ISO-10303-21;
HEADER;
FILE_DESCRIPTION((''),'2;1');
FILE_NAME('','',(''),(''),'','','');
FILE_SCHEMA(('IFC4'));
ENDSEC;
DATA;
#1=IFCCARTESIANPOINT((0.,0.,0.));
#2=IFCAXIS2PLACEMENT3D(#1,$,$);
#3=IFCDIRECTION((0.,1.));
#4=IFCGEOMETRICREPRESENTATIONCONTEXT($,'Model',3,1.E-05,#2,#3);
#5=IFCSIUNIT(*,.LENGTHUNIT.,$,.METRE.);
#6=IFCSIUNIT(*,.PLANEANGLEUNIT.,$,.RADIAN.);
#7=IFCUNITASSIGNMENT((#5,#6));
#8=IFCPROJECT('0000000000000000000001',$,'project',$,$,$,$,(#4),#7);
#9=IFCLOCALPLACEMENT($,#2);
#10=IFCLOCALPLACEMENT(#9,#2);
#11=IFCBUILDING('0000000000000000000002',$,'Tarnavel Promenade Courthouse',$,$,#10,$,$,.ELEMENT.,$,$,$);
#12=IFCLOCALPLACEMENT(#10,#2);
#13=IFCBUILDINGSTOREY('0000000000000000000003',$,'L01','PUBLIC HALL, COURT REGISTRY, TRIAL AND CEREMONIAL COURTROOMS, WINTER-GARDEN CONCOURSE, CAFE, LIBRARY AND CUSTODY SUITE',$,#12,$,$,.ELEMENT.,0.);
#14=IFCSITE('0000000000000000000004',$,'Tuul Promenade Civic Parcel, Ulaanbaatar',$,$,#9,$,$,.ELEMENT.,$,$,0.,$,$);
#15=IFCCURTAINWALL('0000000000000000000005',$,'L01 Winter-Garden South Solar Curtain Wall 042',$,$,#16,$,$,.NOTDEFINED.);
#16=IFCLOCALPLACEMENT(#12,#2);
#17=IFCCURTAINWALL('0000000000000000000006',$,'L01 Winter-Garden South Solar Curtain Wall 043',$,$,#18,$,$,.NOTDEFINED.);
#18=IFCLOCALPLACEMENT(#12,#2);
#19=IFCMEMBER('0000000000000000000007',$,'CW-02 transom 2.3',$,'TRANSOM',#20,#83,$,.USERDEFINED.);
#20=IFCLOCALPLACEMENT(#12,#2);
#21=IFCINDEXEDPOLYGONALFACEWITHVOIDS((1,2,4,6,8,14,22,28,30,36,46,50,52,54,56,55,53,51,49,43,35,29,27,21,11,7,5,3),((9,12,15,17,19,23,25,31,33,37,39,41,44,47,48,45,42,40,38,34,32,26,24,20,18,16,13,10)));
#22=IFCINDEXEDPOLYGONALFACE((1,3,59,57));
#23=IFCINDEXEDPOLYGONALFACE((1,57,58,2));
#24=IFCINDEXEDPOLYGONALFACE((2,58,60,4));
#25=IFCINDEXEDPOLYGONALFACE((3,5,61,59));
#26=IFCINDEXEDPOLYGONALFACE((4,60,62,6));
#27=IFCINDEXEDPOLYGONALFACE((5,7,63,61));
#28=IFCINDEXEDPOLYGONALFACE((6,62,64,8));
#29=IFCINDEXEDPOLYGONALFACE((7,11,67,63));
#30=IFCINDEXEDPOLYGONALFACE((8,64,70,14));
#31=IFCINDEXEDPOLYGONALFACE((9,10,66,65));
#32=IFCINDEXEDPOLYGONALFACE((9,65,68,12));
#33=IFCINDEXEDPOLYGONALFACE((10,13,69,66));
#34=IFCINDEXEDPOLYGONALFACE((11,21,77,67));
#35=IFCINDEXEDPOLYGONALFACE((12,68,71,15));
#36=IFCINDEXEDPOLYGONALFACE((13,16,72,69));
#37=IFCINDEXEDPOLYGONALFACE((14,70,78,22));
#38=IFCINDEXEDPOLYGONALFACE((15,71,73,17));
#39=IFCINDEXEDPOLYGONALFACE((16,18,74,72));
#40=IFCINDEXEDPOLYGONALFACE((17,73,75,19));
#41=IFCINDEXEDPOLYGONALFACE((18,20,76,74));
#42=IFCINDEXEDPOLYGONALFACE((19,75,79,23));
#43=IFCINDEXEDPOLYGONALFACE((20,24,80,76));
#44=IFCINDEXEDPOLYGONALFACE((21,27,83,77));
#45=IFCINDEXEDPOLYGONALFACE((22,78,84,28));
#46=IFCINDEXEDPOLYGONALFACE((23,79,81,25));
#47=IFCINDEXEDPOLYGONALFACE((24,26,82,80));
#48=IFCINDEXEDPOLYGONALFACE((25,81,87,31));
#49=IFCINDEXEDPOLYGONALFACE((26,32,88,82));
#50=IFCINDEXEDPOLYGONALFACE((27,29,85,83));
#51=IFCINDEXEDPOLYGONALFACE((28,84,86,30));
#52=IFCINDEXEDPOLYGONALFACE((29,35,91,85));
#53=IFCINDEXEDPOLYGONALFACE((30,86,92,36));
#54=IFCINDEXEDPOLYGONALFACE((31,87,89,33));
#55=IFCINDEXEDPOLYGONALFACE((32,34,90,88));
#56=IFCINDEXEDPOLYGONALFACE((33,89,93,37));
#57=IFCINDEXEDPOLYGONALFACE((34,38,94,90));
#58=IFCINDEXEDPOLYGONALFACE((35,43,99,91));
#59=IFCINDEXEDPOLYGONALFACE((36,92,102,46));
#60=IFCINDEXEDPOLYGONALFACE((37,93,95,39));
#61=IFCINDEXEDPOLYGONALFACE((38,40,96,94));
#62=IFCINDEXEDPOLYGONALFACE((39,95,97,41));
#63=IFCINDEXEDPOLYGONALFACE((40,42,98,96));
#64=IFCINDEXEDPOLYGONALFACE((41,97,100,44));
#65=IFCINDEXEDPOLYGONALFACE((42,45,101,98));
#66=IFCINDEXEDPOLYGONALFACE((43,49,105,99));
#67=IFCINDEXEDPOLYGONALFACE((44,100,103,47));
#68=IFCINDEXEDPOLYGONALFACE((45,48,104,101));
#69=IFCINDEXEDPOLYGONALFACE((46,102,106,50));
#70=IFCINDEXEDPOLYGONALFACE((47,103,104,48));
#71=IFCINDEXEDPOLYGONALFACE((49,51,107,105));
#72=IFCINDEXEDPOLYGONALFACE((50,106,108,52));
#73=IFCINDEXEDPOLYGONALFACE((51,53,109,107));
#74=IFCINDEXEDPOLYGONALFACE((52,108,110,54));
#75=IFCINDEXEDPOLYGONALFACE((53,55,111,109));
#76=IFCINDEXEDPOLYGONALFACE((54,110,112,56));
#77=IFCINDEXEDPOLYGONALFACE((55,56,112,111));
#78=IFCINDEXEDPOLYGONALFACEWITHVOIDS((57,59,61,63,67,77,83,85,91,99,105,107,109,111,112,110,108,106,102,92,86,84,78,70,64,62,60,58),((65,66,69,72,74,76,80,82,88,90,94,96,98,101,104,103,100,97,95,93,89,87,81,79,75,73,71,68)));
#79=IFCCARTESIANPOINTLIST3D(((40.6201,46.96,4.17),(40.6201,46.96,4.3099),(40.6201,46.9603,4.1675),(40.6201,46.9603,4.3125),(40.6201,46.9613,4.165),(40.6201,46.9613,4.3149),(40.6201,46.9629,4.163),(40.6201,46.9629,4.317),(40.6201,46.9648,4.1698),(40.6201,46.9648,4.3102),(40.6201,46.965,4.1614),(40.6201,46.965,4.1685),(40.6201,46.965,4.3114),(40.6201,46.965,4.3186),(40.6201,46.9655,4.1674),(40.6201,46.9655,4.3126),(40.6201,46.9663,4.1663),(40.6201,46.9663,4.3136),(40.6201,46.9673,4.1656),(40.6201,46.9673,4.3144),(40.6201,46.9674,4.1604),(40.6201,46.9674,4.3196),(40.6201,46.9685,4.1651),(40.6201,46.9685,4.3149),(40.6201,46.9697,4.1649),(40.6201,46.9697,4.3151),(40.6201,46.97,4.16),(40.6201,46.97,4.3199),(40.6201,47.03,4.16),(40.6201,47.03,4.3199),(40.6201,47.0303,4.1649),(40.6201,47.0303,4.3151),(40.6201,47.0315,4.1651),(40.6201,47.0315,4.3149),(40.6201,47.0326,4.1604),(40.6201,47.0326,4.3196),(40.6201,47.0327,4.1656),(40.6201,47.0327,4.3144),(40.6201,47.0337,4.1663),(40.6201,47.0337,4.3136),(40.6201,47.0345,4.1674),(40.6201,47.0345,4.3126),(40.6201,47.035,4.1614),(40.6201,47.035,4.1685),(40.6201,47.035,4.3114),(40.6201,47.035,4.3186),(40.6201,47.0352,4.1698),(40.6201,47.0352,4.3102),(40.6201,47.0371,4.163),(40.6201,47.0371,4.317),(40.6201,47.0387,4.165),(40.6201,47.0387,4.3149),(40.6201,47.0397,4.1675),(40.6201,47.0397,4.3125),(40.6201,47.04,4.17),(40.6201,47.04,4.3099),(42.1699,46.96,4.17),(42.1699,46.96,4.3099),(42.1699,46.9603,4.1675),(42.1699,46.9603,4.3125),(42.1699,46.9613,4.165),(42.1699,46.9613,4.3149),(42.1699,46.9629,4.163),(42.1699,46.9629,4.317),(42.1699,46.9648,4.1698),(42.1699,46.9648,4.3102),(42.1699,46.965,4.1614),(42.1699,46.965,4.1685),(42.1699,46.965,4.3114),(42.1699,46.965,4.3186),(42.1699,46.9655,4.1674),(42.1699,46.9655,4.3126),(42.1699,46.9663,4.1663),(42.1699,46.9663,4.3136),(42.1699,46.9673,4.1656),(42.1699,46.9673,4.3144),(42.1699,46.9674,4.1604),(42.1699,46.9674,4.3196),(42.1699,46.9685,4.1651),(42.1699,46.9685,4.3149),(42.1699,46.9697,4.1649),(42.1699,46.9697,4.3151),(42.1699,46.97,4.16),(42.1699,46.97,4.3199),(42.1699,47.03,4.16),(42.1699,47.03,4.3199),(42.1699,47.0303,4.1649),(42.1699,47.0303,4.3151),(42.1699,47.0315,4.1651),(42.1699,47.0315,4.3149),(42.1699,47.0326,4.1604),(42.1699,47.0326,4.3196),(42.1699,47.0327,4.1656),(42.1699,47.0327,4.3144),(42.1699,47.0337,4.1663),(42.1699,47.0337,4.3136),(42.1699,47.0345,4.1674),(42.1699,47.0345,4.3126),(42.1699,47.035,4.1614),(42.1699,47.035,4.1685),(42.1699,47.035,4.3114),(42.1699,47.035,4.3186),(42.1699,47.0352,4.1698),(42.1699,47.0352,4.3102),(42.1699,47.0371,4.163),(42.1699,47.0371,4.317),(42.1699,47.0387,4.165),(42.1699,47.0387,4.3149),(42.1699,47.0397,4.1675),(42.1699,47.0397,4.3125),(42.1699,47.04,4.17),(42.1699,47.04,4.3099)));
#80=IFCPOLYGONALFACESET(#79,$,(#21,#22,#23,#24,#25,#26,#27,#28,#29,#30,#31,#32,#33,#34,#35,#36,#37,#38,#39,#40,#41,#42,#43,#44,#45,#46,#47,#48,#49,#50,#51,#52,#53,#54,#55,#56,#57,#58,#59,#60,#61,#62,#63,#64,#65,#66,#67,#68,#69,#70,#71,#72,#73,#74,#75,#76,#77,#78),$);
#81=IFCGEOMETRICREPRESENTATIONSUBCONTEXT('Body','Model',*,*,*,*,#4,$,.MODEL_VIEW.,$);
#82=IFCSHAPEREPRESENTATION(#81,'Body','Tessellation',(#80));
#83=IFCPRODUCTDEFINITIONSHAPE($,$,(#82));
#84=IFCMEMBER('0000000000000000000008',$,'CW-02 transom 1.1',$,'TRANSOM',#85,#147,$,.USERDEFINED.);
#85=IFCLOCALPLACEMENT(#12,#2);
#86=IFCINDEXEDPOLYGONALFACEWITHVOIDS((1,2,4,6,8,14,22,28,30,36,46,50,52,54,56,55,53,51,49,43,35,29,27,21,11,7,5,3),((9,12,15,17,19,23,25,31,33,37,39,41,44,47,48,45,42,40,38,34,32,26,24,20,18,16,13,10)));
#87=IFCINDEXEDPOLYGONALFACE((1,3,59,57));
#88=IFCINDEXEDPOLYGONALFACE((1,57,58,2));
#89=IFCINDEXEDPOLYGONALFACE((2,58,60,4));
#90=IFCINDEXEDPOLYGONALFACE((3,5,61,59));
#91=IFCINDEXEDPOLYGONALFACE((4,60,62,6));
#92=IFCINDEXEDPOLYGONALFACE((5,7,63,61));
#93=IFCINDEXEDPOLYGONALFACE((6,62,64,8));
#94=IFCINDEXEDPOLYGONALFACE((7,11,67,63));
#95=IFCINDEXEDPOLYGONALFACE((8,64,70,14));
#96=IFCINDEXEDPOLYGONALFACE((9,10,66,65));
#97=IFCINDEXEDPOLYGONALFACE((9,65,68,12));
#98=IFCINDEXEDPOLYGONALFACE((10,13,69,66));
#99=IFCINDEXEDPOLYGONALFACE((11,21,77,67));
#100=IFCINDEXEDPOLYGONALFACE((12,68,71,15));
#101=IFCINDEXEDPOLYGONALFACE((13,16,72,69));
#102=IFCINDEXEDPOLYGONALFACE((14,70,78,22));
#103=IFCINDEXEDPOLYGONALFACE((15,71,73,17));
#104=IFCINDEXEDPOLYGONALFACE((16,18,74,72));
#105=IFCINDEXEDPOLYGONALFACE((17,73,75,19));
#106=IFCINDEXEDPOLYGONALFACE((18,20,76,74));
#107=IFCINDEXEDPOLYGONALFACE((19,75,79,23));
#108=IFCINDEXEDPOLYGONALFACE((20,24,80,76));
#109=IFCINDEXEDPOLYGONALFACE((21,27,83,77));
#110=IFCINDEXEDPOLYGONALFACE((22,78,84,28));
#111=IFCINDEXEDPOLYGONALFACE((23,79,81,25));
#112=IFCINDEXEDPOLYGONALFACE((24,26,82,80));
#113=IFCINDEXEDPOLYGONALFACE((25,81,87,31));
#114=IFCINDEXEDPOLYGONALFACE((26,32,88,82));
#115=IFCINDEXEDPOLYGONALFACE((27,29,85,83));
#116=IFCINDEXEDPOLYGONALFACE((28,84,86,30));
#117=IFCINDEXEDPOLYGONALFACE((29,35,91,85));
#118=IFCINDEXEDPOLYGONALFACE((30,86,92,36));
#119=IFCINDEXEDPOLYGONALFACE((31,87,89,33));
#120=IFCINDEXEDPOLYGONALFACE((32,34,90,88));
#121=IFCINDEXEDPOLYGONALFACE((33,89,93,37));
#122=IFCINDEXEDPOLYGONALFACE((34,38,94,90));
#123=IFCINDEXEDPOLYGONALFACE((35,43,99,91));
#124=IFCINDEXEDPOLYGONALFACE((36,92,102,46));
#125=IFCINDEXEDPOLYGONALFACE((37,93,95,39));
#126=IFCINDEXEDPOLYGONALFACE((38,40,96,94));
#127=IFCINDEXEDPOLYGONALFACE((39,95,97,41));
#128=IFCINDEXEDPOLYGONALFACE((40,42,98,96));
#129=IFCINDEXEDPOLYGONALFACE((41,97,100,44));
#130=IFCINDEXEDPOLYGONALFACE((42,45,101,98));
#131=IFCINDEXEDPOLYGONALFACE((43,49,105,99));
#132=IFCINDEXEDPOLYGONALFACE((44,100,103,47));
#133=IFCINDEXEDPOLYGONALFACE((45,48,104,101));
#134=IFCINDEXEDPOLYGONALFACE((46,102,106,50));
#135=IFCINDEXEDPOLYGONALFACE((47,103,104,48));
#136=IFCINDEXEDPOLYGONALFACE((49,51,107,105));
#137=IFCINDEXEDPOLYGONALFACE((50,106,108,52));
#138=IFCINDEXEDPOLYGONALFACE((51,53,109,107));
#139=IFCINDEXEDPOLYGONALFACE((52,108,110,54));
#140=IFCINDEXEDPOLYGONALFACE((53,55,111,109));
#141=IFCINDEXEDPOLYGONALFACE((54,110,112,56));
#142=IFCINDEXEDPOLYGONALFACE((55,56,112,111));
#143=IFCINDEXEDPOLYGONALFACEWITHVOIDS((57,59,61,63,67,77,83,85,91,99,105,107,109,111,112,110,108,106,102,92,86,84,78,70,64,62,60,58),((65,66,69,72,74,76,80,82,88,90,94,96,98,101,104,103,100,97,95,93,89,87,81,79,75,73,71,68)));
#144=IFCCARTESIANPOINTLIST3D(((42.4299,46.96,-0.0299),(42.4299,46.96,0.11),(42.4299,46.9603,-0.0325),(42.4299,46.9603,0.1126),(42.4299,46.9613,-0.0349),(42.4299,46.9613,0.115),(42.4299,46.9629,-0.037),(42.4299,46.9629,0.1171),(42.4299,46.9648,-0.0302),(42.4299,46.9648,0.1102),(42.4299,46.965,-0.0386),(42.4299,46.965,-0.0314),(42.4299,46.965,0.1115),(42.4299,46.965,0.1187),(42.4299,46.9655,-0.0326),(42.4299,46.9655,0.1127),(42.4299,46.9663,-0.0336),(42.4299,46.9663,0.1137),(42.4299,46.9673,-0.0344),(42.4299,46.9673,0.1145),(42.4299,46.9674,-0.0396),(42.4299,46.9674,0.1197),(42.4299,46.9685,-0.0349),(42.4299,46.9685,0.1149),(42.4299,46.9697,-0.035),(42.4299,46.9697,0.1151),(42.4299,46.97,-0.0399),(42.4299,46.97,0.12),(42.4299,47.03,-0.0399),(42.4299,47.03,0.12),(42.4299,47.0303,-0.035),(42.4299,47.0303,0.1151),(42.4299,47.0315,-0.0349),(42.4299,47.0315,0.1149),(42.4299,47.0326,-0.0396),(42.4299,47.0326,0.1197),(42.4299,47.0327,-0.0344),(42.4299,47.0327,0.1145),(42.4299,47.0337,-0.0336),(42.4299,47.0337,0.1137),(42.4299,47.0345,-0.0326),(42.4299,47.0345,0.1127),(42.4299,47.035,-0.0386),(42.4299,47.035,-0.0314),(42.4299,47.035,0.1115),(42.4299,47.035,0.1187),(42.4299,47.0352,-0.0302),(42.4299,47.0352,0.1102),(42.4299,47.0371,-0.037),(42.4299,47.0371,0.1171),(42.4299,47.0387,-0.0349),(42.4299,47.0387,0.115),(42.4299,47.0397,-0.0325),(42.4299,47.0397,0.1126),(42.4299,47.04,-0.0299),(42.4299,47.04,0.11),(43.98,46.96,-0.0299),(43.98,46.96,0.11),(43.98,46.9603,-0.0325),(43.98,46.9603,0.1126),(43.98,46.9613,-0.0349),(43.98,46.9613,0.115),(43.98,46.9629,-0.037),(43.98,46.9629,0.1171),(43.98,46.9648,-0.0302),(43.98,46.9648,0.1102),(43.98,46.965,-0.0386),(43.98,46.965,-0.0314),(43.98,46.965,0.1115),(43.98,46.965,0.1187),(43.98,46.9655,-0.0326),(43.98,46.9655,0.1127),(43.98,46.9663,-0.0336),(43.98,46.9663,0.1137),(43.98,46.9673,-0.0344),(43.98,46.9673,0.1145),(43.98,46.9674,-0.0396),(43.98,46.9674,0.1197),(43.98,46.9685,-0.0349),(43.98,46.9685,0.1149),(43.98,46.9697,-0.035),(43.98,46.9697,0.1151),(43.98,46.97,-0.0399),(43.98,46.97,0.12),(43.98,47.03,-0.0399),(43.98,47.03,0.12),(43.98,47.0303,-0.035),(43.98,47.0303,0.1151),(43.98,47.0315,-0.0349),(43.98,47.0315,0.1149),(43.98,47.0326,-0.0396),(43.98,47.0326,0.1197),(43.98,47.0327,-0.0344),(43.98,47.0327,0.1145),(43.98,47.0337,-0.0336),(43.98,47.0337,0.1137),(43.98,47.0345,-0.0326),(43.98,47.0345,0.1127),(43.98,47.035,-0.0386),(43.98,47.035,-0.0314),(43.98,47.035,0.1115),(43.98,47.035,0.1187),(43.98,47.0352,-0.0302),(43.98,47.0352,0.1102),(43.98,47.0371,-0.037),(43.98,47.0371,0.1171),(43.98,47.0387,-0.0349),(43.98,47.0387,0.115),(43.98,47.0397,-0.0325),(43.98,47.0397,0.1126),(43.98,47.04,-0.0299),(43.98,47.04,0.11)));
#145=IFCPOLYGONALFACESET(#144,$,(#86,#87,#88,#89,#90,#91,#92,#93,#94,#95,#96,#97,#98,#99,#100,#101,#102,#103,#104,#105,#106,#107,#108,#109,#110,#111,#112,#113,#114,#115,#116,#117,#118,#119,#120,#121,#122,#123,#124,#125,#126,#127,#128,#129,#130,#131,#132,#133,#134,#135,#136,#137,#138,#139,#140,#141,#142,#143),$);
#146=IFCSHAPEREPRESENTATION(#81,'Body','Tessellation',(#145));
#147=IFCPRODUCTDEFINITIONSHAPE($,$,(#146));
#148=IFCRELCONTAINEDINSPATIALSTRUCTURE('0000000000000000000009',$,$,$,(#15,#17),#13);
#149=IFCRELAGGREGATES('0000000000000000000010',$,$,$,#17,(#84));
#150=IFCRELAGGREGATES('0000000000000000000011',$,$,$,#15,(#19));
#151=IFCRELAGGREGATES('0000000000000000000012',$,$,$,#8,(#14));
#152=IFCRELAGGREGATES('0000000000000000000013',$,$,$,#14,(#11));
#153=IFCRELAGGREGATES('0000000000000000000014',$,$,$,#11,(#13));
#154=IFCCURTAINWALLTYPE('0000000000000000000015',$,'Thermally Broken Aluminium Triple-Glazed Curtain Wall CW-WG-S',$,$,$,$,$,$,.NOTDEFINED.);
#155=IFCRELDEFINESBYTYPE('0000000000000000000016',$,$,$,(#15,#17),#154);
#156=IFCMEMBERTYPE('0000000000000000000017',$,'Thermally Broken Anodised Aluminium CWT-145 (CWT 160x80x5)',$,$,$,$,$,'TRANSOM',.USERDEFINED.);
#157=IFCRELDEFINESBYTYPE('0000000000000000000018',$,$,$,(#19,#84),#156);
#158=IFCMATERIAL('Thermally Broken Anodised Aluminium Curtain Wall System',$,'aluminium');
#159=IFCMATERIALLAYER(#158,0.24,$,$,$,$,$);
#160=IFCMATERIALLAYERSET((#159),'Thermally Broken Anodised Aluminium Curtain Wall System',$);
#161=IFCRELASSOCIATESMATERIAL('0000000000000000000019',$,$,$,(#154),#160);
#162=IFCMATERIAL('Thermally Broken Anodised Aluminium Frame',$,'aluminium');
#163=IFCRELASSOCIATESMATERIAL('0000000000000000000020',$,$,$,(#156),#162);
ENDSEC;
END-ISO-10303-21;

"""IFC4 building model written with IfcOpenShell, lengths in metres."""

from ifc_helpers import new_model, si_unit, direction, frame, origin, origin_2d, place, context, subcontext, project, spatial, hollow_rectangle, extrude, material, layer, layer_set, material_profile, profile_set, type_object, element, aggregate, save


model = new_model("IFC4")

# Units and contexts
model_context = context("Model", 3, precision=1e-05, world=origin(), true_north=direction((0.0, 1.0)))
body_context = subcontext(model_context, "Body", "Model", "MODEL_VIEW")
ifc_project = project(units=[si_unit("LENGTHUNIT", "METRE"), si_unit("PLANEANGLEUNIT", "RADIAN")], contexts=[model_context])

# Site, building, storey
site_placement = place(None, origin())
site = spatial("IfcSite", under=ifc_project, at=site_placement, Name="Tuul Promenade Civic Parcel, Ulaanbaatar", CompositionType="ELEMENT", RefElevation=0.0)
building_placement = place(site_placement, origin())
building = spatial("IfcBuilding", under=site, at=building_placement, Name="Tarnavel Promenade Courthouse", CompositionType="ELEMENT")
storey_placement = place(building_placement, origin())
storey = spatial("IfcBuildingStorey", under=building, at=storey_placement, Name="L01", Description="PUBLIC HALL, COURT REGISTRY, TRIAL AND CEREMONIAL COURTROOMS, WINTER-GARDEN CONCOURSE, CAFE, LIBRARY AND CUSTODY SUITE", CompositionType="ELEMENT", Elevation=0.0)

# Curtain wall
ifc_material_1 = material(Name="Thermally Broken Anodised Aluminium Curtain Wall System", Category="aluminium")
ifc_layer_1 = layer(ifc_material_1, 0.24)
ifc_layer_set_1 = layer_set([ifc_layer_1], Name="Thermally Broken Anodised Aluminium Curtain Wall System")
curtain_wall_type = type_object("IfcCurtainWallType", Name="Thermally Broken Aluminium Triple-Glazed Curtain Wall CW-WG-S", PredefinedType="NOTDEFINED", material=ifc_layer_set_1)
curtain_wall_1_placement = place(storey_placement, origin())
curtain_wall_1 = element("IfcCurtainWall", 1, at=curtain_wall_1_placement, inside=storey, type_object=curtain_wall_type, Name="L01 Winter-Garden South Solar Curtain Wall 042", PredefinedType="NOTDEFINED")
ifc_material_2 = material(Name="Thermally Broken Anodised Aluminium Frame", Category="aluminium")

# Curtain wall
curtain_wall_2_placement = place(storey_placement, origin())
curtain_wall_2 = element("IfcCurtainWall", 2, at=curtain_wall_2_placement, inside=storey, type_object=curtain_wall_type, Name="L01 Winter-Garden South Solar Curtain Wall 043", PredefinedType="NOTDEFINED")

# Members
ifc_material_profile_1 = material_profile(ifc_material_2, hollow_rectangle(XDim=0.0801, YDim=0.1599, WallThickness=0.0049, InnerFilletRadius=0.0049, OuterFilletRadius=0.01, at=origin_2d()), Name="CWT 160x80x5")
ifc_profile_set_1 = profile_set([ifc_material_profile_1], Name="Thermally Broken Anodised Aluminium Frame")
member_type_1 = type_object("IfcMemberType", Name="Thermally Broken Anodised Aluminium CWT-145 (CWT 160x80x5)", ElementType="TRANSOM", PredefinedType="USERDEFINED", material=ifc_profile_set_1)
member_1_placement = place(storey_placement, frame((40.6201, 47.0, 4.24), z_axis=(1.0, 0.0, 0.0), x_axis=(0.0, 1.0, 0.0)))
member_1 = element("IfcMember", 3, at=member_1_placement, type_object=member_type_1, Name="CW-02 transom 2.3", ObjectType="TRANSOM", PredefinedType="USERDEFINED", context=body_context, shape_type="SweptSolid", body=[
    extrude(hollow_rectangle(XDim=0.0801, YDim=0.1599, WallThickness=0.0049, InnerFilletRadius=0.0049, OuterFilletRadius=0.01, at=origin_2d()), origin(), (0.0, 0.0, 1.0), 1.5498),
])
member_2_placement = place(storey_placement, frame((42.4299, 47.0, 0.04), z_axis=(1.0, 0.0, 0.0), x_axis=(0.0, 1.0, 0.0)))
member_2 = element("IfcMember", 4, at=member_2_placement, type_object=member_type_1, Name="CW-02 transom 1.1", ObjectType="TRANSOM", PredefinedType="USERDEFINED", context=body_context, shape_type="SweptSolid", body=[
    extrude(hollow_rectangle(XDim=0.0801, YDim=0.1599, WallThickness=0.0049, InnerFilletRadius=0.0049, OuterFilletRadius=0.01, at=origin_2d()), origin(), (0.0, 0.0, 1.0), 1.55),
])
aggregate(curtain_wall_2, [member_2])

aggregate(curtain_wall_1, [member_1])

save(model, "model.ifc")
